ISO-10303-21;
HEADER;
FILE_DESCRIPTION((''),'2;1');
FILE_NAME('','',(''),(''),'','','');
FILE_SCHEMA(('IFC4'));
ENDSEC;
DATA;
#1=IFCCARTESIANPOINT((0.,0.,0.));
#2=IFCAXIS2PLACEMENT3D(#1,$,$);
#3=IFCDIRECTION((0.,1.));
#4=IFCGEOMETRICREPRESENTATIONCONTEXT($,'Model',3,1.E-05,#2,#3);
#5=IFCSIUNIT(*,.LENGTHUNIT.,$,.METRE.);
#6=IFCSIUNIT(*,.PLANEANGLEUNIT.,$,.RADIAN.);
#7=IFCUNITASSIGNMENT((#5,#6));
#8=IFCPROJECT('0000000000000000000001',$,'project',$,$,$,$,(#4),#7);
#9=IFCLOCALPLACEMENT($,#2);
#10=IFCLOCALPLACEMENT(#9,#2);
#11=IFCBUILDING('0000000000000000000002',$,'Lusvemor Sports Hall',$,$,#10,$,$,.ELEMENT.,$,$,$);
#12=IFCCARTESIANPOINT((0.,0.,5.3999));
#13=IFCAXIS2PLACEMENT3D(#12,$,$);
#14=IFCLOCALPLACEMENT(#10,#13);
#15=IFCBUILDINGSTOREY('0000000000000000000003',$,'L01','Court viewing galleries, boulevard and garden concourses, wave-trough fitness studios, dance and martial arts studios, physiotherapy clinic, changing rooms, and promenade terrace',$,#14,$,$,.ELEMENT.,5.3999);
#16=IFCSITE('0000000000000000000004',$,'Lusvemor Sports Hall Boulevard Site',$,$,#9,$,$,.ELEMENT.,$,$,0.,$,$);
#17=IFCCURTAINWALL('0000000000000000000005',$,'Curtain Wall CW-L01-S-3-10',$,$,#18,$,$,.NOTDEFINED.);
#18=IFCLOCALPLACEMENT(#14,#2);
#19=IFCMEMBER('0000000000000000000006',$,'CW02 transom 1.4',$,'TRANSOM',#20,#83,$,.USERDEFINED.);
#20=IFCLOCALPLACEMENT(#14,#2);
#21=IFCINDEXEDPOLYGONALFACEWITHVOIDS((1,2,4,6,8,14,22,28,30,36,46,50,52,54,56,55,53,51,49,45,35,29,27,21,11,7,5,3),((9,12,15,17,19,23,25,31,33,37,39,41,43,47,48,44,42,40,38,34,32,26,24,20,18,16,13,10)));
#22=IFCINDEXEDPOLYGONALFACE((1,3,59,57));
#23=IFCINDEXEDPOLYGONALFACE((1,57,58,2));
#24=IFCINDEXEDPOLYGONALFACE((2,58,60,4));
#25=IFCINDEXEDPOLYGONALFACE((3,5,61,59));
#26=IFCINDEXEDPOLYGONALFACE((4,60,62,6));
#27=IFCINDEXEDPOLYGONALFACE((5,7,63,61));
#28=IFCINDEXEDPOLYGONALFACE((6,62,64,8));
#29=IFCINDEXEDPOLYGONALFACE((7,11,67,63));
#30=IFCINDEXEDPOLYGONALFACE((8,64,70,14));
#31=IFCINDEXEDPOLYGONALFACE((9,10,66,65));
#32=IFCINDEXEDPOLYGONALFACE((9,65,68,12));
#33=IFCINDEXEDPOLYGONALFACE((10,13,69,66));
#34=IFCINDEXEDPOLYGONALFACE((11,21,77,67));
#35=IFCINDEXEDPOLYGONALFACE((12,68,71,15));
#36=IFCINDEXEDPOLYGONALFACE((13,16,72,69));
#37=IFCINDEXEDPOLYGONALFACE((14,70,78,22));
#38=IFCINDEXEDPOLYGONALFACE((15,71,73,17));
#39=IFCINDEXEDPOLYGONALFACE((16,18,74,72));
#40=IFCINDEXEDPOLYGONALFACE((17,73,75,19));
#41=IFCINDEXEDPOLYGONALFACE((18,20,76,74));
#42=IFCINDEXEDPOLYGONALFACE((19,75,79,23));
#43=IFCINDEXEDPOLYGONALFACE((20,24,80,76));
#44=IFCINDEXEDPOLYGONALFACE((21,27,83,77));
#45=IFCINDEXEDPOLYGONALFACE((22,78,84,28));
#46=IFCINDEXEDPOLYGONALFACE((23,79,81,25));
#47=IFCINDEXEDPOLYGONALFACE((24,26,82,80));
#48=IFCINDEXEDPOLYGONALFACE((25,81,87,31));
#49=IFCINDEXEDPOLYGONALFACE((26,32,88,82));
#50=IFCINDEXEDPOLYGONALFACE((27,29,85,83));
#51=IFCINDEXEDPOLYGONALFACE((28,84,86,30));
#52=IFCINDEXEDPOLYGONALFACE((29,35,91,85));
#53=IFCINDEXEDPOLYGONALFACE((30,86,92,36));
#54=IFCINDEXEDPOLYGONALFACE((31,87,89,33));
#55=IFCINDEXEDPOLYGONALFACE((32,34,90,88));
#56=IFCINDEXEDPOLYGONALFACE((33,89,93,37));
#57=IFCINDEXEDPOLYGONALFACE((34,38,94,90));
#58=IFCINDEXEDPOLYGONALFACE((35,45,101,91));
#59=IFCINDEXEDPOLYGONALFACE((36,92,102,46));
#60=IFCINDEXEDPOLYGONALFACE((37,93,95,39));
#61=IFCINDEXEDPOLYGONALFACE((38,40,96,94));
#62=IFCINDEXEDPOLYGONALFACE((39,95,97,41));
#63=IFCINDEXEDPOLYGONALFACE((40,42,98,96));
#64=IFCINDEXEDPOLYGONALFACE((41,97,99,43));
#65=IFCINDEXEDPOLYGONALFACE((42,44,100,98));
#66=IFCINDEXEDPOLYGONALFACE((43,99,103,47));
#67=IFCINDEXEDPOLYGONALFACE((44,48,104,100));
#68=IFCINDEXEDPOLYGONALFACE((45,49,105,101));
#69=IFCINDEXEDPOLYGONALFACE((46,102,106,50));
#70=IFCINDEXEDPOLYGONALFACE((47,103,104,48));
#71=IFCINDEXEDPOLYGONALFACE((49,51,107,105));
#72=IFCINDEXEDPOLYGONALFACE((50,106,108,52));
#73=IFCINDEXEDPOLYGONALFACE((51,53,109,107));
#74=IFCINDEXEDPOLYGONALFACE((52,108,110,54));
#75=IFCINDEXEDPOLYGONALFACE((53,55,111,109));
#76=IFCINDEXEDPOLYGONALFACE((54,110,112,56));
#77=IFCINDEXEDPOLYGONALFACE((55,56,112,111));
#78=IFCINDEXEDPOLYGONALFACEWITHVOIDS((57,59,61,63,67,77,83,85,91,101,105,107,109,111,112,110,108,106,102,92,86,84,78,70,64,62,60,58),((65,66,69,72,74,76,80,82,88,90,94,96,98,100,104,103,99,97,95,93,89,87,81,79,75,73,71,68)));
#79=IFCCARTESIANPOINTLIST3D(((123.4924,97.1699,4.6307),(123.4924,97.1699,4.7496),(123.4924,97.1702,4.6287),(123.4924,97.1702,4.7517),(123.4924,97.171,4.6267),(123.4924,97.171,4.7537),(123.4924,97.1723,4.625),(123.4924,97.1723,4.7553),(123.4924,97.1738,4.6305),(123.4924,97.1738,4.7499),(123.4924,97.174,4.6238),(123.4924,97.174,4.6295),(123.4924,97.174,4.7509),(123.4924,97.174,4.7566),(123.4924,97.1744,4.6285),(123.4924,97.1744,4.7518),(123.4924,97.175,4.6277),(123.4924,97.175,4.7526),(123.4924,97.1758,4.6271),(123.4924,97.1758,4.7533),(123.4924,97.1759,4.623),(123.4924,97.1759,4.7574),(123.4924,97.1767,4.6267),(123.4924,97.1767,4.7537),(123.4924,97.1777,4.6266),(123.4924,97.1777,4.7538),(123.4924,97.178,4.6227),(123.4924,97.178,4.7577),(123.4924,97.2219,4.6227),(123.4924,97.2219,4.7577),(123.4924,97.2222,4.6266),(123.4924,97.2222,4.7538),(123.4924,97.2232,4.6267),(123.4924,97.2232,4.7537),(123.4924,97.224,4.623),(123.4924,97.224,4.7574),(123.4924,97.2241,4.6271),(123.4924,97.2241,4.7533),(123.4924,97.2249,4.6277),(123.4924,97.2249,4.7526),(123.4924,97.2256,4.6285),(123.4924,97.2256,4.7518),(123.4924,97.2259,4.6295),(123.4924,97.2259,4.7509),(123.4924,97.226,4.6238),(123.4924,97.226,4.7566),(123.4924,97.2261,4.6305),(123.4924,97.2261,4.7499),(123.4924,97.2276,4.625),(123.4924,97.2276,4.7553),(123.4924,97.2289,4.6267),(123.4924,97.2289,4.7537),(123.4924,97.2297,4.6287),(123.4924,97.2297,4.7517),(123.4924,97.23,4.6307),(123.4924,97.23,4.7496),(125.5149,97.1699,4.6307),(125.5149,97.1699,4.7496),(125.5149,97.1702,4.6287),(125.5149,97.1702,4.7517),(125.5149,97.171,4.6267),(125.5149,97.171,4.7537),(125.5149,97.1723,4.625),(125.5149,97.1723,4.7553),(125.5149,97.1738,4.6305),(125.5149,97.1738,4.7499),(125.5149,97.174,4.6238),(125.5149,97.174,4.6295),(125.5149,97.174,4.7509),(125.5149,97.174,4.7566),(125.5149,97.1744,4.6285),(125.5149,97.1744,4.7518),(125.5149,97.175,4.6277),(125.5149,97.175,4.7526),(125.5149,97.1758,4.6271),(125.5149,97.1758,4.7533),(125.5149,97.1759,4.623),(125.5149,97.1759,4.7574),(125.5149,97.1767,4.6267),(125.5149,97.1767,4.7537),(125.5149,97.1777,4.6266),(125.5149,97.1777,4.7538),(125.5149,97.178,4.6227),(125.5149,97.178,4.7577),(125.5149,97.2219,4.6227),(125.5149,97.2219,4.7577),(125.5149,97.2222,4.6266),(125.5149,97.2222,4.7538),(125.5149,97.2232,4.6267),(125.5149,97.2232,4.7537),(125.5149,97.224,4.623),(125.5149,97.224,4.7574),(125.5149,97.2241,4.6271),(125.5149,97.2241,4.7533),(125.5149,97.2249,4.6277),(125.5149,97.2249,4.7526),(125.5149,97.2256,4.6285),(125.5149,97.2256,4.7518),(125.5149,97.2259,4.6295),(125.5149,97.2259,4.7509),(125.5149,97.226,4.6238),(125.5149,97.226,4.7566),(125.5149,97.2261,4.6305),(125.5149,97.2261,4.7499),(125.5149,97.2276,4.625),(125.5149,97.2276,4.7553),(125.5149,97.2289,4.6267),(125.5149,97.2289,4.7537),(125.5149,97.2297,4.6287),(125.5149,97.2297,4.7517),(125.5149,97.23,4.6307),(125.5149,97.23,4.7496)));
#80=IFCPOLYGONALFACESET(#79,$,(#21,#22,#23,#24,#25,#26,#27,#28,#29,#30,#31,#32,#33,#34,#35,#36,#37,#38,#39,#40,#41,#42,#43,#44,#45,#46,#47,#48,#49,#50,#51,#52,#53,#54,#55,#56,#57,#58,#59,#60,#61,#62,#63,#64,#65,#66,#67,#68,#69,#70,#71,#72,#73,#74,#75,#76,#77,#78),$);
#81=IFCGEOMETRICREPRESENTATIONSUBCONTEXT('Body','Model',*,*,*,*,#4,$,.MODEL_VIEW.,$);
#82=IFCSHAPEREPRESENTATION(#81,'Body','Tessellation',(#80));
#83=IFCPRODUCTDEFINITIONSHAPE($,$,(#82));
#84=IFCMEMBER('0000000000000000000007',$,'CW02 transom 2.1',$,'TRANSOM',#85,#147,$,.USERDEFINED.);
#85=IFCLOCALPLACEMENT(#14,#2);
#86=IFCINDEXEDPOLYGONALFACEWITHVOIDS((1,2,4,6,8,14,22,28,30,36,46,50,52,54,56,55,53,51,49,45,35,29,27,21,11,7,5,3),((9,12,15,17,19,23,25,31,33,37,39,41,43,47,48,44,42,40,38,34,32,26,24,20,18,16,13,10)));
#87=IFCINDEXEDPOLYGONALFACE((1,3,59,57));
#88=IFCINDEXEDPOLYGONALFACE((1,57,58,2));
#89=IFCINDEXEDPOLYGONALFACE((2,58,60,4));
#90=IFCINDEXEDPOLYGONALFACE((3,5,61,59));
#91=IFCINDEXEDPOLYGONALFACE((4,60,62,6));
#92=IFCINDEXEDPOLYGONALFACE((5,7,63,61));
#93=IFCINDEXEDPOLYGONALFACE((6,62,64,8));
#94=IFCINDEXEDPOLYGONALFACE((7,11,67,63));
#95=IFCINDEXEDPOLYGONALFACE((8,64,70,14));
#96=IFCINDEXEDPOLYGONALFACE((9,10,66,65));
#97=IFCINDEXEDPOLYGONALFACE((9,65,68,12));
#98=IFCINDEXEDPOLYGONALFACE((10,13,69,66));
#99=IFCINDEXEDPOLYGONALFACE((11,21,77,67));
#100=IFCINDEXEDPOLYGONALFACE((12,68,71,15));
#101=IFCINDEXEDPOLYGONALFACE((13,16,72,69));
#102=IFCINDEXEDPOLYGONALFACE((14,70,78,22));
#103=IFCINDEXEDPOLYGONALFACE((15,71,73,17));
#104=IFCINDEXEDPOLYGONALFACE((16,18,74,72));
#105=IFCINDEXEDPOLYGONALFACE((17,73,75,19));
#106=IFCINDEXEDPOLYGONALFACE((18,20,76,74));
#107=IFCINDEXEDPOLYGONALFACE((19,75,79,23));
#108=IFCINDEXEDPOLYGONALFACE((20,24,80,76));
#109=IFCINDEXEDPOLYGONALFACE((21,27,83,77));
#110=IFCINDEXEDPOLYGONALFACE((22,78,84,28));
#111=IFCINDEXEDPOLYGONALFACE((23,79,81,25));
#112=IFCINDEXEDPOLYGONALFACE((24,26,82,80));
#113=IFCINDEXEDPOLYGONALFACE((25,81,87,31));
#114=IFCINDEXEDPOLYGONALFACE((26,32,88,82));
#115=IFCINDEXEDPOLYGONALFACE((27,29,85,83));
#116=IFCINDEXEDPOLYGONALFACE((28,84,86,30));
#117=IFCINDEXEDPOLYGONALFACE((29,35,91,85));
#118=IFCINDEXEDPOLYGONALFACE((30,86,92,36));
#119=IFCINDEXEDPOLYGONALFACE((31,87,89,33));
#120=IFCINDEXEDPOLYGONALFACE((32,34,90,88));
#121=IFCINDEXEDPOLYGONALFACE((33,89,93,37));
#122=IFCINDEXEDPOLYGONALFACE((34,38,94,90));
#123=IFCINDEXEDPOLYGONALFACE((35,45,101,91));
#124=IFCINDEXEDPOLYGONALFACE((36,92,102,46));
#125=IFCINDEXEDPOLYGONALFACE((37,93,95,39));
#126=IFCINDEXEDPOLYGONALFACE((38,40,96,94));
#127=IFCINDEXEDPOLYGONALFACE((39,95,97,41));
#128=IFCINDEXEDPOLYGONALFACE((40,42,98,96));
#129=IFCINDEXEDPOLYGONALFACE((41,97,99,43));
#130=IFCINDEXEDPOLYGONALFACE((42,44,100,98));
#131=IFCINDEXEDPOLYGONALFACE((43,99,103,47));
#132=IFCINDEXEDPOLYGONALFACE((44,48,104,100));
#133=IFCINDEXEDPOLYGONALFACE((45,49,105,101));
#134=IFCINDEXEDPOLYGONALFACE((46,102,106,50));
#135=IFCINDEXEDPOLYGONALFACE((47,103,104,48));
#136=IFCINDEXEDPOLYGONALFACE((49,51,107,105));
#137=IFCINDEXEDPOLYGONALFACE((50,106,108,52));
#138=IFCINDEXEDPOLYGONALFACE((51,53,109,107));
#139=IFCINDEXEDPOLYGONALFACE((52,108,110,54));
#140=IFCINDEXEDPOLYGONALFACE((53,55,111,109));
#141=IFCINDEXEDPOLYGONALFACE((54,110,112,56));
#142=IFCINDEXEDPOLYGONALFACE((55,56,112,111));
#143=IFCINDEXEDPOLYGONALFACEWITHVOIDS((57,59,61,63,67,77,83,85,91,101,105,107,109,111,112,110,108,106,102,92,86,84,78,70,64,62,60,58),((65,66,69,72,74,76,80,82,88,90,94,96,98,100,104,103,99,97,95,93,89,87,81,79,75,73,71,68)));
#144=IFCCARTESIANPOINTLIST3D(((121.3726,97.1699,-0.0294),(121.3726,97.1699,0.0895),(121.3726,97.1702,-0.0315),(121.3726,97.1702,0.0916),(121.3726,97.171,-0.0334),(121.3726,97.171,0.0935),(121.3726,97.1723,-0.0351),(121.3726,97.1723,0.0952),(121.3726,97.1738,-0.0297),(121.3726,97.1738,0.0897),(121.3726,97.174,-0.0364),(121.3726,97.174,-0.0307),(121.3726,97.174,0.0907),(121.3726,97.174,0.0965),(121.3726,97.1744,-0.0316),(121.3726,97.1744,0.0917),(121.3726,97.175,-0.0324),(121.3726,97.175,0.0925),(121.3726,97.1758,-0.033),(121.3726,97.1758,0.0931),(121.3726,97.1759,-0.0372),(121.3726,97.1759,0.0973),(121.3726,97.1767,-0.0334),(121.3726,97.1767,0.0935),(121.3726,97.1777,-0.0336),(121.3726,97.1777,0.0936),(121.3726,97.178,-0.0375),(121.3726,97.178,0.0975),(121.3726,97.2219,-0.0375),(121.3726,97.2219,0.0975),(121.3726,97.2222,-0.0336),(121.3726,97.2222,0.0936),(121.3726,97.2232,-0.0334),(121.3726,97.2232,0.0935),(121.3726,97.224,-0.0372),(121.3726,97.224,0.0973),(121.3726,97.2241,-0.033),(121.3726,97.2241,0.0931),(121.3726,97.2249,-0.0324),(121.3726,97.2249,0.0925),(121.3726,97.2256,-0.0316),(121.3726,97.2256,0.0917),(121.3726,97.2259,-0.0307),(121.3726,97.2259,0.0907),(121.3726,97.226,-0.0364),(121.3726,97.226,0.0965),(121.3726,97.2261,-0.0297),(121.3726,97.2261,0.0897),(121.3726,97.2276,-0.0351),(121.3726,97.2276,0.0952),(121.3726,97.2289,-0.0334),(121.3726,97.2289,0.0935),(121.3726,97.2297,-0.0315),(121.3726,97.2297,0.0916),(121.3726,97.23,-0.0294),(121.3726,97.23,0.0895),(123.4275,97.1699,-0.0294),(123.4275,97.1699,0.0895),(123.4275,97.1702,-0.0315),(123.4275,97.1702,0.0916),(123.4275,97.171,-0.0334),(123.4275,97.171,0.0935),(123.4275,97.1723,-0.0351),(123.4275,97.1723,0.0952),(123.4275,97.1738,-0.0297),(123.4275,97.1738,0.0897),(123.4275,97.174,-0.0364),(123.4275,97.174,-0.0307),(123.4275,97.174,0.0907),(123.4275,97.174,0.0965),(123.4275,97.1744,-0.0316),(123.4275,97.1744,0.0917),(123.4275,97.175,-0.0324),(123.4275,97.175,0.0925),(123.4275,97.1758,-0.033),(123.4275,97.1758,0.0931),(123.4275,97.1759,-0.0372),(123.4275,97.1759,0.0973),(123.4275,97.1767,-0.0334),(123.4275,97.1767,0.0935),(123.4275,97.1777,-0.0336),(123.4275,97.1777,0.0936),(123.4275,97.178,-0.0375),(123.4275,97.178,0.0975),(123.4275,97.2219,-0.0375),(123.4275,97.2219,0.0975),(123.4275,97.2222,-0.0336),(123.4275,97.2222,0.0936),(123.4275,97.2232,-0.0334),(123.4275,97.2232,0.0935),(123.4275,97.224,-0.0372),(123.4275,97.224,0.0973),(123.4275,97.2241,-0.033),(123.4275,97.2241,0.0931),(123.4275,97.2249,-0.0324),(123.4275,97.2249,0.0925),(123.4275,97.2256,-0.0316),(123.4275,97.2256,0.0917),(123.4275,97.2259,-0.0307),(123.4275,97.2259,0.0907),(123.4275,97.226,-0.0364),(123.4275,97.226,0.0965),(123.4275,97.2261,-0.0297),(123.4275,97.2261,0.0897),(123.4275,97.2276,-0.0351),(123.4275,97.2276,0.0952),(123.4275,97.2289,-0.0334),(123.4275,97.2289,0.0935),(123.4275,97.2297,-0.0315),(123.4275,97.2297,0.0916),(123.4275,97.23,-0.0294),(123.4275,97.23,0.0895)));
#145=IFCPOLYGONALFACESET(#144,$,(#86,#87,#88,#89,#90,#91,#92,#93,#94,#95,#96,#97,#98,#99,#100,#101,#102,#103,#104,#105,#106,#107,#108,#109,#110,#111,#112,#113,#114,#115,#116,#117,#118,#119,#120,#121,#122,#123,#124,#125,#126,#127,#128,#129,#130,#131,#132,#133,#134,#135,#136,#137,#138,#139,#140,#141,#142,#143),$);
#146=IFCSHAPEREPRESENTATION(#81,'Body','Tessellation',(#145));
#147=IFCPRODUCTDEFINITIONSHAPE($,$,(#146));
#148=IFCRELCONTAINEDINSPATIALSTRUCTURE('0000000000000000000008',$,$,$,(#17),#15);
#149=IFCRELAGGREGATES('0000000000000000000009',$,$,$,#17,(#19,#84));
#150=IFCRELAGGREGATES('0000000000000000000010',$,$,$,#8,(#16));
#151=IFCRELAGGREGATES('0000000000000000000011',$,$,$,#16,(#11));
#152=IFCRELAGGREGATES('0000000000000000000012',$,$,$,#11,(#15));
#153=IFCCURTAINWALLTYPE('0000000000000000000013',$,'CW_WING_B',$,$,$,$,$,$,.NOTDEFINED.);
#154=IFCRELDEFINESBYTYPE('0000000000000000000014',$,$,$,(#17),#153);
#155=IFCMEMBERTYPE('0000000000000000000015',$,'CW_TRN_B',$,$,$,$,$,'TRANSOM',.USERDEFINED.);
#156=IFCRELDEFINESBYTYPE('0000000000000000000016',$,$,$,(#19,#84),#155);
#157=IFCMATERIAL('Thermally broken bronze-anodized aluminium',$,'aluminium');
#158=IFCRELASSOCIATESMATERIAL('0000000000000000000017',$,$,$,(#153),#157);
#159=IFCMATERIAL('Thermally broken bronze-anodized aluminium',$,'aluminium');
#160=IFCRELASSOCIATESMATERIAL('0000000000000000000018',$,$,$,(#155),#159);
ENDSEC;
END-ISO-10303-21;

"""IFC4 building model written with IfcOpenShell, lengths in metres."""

from ifc_helpers import new_model, si_unit, direction, frame, origin, origin_2d, place, context, subcontext, project, spatial, hollow_rectangle, extrude, material, material_profile, profile_set, type_object, element, aggregate, save


model = new_model("IFC4")

# Units and contexts
model_context = context("Model", 3, precision=1e-05, world=origin(), true_north=direction((0.0, 1.0)))
body_context = subcontext(model_context, "Body", "Model", "MODEL_VIEW")
ifc_project = project(units=[si_unit("LENGTHUNIT", "METRE"), si_unit("PLANEANGLEUNIT", "RADIAN")], contexts=[model_context])

# Site, building, storey
site_placement = place(None, origin())
site = spatial("IfcSite", under=ifc_project, at=site_placement, Name="Lusvemor Sports Hall Boulevard Site", CompositionType="ELEMENT", RefElevation=0.0)
building_placement = place(site_placement, origin())
building = spatial("IfcBuilding", under=site, at=building_placement, Name="Lusvemor Sports Hall", CompositionType="ELEMENT")
storey_placement = place(building_placement, frame((0.0, 0.0, 5.3999)))
storey = spatial("IfcBuildingStorey", under=building, at=storey_placement, Name="L01", Description="Court viewing galleries, boulevard and garden concourses, wave-trough fitness studios, dance and martial arts studios, physiotherapy clinic, changing rooms, and promenade terrace", CompositionType="ELEMENT", Elevation=5.3999)

# Curtain wall, members
ifc_material_1 = material(Name="Thermally broken bronze-anodized aluminium", Category="aluminium")
curtain_wall_type = type_object("IfcCurtainWallType", Name="CW_WING_B", PredefinedType="NOTDEFINED", material=ifc_material_1)
curtain_wall_placement = place(storey_placement, origin())
curtain_wall = element("IfcCurtainWall", 1, at=curtain_wall_placement, inside=storey, type_object=curtain_wall_type, Name="Curtain Wall CW-L01-S-3-10", PredefinedType="NOTDEFINED")
ifc_material_2 = material(Name="Thermally broken bronze-anodized aluminium", Category="aluminium")
ifc_material_profile_1 = material_profile(ifc_material_2, hollow_rectangle(XDim=0.0601, YDim=0.135, WallThickness=0.0039, InnerFilletRadius=0.0039, OuterFilletRadius=0.0081, at=origin_2d()), Name="CWTRN135x60x4")
ifc_profile_set_1 = profile_set([ifc_material_profile_1], Name="Thermally broken bronze-anodized aluminium")
member_type_1 = type_object("IfcMemberType", Name="CW_TRN_B", ElementType="TRANSOM", PredefinedType="USERDEFINED", material=ifc_profile_set_1)
member_1_placement = place(storey_placement, frame((125.5149, 97.2, 4.6902), z_axis=(-1.0, 0.0, 0.0), x_axis=(0.0, -1.0, 0.0)))
member_1 = element("IfcMember", 2, at=member_1_placement, type_object=member_type_1, Name="CW02 transom 1.4", ObjectType="TRANSOM", PredefinedType="USERDEFINED", context=body_context, shape_type="SweptSolid", body=[
    extrude(hollow_rectangle(XDim=0.0601, YDim=0.135, WallThickness=0.0039, InnerFilletRadius=0.0039, OuterFilletRadius=0.0081, at=origin_2d()), origin(), (0.0, 0.0, 1.0), 2.0225),
])
member_2_placement = place(storey_placement, frame((123.4275, 97.2, 0.03), z_axis=(-1.0, 0.0, 0.0), x_axis=(0.0, -1.0, 0.0)))
member_2 = element("IfcMember", 3, at=member_2_placement, type_object=member_type_1, Name="CW02 transom 2.1", ObjectType="TRANSOM", PredefinedType="USERDEFINED", context=body_context, shape_type="SweptSolid", body=[
    extrude(hollow_rectangle(XDim=0.0601, YDim=0.135, WallThickness=0.0039, InnerFilletRadius=0.0039, OuterFilletRadius=0.0081, at=origin_2d()), origin(), (0.0, 0.0, 1.0), 2.0549),
])

aggregate(curtain_wall, [member_1, member_2])

save(model, "model.ifc")
